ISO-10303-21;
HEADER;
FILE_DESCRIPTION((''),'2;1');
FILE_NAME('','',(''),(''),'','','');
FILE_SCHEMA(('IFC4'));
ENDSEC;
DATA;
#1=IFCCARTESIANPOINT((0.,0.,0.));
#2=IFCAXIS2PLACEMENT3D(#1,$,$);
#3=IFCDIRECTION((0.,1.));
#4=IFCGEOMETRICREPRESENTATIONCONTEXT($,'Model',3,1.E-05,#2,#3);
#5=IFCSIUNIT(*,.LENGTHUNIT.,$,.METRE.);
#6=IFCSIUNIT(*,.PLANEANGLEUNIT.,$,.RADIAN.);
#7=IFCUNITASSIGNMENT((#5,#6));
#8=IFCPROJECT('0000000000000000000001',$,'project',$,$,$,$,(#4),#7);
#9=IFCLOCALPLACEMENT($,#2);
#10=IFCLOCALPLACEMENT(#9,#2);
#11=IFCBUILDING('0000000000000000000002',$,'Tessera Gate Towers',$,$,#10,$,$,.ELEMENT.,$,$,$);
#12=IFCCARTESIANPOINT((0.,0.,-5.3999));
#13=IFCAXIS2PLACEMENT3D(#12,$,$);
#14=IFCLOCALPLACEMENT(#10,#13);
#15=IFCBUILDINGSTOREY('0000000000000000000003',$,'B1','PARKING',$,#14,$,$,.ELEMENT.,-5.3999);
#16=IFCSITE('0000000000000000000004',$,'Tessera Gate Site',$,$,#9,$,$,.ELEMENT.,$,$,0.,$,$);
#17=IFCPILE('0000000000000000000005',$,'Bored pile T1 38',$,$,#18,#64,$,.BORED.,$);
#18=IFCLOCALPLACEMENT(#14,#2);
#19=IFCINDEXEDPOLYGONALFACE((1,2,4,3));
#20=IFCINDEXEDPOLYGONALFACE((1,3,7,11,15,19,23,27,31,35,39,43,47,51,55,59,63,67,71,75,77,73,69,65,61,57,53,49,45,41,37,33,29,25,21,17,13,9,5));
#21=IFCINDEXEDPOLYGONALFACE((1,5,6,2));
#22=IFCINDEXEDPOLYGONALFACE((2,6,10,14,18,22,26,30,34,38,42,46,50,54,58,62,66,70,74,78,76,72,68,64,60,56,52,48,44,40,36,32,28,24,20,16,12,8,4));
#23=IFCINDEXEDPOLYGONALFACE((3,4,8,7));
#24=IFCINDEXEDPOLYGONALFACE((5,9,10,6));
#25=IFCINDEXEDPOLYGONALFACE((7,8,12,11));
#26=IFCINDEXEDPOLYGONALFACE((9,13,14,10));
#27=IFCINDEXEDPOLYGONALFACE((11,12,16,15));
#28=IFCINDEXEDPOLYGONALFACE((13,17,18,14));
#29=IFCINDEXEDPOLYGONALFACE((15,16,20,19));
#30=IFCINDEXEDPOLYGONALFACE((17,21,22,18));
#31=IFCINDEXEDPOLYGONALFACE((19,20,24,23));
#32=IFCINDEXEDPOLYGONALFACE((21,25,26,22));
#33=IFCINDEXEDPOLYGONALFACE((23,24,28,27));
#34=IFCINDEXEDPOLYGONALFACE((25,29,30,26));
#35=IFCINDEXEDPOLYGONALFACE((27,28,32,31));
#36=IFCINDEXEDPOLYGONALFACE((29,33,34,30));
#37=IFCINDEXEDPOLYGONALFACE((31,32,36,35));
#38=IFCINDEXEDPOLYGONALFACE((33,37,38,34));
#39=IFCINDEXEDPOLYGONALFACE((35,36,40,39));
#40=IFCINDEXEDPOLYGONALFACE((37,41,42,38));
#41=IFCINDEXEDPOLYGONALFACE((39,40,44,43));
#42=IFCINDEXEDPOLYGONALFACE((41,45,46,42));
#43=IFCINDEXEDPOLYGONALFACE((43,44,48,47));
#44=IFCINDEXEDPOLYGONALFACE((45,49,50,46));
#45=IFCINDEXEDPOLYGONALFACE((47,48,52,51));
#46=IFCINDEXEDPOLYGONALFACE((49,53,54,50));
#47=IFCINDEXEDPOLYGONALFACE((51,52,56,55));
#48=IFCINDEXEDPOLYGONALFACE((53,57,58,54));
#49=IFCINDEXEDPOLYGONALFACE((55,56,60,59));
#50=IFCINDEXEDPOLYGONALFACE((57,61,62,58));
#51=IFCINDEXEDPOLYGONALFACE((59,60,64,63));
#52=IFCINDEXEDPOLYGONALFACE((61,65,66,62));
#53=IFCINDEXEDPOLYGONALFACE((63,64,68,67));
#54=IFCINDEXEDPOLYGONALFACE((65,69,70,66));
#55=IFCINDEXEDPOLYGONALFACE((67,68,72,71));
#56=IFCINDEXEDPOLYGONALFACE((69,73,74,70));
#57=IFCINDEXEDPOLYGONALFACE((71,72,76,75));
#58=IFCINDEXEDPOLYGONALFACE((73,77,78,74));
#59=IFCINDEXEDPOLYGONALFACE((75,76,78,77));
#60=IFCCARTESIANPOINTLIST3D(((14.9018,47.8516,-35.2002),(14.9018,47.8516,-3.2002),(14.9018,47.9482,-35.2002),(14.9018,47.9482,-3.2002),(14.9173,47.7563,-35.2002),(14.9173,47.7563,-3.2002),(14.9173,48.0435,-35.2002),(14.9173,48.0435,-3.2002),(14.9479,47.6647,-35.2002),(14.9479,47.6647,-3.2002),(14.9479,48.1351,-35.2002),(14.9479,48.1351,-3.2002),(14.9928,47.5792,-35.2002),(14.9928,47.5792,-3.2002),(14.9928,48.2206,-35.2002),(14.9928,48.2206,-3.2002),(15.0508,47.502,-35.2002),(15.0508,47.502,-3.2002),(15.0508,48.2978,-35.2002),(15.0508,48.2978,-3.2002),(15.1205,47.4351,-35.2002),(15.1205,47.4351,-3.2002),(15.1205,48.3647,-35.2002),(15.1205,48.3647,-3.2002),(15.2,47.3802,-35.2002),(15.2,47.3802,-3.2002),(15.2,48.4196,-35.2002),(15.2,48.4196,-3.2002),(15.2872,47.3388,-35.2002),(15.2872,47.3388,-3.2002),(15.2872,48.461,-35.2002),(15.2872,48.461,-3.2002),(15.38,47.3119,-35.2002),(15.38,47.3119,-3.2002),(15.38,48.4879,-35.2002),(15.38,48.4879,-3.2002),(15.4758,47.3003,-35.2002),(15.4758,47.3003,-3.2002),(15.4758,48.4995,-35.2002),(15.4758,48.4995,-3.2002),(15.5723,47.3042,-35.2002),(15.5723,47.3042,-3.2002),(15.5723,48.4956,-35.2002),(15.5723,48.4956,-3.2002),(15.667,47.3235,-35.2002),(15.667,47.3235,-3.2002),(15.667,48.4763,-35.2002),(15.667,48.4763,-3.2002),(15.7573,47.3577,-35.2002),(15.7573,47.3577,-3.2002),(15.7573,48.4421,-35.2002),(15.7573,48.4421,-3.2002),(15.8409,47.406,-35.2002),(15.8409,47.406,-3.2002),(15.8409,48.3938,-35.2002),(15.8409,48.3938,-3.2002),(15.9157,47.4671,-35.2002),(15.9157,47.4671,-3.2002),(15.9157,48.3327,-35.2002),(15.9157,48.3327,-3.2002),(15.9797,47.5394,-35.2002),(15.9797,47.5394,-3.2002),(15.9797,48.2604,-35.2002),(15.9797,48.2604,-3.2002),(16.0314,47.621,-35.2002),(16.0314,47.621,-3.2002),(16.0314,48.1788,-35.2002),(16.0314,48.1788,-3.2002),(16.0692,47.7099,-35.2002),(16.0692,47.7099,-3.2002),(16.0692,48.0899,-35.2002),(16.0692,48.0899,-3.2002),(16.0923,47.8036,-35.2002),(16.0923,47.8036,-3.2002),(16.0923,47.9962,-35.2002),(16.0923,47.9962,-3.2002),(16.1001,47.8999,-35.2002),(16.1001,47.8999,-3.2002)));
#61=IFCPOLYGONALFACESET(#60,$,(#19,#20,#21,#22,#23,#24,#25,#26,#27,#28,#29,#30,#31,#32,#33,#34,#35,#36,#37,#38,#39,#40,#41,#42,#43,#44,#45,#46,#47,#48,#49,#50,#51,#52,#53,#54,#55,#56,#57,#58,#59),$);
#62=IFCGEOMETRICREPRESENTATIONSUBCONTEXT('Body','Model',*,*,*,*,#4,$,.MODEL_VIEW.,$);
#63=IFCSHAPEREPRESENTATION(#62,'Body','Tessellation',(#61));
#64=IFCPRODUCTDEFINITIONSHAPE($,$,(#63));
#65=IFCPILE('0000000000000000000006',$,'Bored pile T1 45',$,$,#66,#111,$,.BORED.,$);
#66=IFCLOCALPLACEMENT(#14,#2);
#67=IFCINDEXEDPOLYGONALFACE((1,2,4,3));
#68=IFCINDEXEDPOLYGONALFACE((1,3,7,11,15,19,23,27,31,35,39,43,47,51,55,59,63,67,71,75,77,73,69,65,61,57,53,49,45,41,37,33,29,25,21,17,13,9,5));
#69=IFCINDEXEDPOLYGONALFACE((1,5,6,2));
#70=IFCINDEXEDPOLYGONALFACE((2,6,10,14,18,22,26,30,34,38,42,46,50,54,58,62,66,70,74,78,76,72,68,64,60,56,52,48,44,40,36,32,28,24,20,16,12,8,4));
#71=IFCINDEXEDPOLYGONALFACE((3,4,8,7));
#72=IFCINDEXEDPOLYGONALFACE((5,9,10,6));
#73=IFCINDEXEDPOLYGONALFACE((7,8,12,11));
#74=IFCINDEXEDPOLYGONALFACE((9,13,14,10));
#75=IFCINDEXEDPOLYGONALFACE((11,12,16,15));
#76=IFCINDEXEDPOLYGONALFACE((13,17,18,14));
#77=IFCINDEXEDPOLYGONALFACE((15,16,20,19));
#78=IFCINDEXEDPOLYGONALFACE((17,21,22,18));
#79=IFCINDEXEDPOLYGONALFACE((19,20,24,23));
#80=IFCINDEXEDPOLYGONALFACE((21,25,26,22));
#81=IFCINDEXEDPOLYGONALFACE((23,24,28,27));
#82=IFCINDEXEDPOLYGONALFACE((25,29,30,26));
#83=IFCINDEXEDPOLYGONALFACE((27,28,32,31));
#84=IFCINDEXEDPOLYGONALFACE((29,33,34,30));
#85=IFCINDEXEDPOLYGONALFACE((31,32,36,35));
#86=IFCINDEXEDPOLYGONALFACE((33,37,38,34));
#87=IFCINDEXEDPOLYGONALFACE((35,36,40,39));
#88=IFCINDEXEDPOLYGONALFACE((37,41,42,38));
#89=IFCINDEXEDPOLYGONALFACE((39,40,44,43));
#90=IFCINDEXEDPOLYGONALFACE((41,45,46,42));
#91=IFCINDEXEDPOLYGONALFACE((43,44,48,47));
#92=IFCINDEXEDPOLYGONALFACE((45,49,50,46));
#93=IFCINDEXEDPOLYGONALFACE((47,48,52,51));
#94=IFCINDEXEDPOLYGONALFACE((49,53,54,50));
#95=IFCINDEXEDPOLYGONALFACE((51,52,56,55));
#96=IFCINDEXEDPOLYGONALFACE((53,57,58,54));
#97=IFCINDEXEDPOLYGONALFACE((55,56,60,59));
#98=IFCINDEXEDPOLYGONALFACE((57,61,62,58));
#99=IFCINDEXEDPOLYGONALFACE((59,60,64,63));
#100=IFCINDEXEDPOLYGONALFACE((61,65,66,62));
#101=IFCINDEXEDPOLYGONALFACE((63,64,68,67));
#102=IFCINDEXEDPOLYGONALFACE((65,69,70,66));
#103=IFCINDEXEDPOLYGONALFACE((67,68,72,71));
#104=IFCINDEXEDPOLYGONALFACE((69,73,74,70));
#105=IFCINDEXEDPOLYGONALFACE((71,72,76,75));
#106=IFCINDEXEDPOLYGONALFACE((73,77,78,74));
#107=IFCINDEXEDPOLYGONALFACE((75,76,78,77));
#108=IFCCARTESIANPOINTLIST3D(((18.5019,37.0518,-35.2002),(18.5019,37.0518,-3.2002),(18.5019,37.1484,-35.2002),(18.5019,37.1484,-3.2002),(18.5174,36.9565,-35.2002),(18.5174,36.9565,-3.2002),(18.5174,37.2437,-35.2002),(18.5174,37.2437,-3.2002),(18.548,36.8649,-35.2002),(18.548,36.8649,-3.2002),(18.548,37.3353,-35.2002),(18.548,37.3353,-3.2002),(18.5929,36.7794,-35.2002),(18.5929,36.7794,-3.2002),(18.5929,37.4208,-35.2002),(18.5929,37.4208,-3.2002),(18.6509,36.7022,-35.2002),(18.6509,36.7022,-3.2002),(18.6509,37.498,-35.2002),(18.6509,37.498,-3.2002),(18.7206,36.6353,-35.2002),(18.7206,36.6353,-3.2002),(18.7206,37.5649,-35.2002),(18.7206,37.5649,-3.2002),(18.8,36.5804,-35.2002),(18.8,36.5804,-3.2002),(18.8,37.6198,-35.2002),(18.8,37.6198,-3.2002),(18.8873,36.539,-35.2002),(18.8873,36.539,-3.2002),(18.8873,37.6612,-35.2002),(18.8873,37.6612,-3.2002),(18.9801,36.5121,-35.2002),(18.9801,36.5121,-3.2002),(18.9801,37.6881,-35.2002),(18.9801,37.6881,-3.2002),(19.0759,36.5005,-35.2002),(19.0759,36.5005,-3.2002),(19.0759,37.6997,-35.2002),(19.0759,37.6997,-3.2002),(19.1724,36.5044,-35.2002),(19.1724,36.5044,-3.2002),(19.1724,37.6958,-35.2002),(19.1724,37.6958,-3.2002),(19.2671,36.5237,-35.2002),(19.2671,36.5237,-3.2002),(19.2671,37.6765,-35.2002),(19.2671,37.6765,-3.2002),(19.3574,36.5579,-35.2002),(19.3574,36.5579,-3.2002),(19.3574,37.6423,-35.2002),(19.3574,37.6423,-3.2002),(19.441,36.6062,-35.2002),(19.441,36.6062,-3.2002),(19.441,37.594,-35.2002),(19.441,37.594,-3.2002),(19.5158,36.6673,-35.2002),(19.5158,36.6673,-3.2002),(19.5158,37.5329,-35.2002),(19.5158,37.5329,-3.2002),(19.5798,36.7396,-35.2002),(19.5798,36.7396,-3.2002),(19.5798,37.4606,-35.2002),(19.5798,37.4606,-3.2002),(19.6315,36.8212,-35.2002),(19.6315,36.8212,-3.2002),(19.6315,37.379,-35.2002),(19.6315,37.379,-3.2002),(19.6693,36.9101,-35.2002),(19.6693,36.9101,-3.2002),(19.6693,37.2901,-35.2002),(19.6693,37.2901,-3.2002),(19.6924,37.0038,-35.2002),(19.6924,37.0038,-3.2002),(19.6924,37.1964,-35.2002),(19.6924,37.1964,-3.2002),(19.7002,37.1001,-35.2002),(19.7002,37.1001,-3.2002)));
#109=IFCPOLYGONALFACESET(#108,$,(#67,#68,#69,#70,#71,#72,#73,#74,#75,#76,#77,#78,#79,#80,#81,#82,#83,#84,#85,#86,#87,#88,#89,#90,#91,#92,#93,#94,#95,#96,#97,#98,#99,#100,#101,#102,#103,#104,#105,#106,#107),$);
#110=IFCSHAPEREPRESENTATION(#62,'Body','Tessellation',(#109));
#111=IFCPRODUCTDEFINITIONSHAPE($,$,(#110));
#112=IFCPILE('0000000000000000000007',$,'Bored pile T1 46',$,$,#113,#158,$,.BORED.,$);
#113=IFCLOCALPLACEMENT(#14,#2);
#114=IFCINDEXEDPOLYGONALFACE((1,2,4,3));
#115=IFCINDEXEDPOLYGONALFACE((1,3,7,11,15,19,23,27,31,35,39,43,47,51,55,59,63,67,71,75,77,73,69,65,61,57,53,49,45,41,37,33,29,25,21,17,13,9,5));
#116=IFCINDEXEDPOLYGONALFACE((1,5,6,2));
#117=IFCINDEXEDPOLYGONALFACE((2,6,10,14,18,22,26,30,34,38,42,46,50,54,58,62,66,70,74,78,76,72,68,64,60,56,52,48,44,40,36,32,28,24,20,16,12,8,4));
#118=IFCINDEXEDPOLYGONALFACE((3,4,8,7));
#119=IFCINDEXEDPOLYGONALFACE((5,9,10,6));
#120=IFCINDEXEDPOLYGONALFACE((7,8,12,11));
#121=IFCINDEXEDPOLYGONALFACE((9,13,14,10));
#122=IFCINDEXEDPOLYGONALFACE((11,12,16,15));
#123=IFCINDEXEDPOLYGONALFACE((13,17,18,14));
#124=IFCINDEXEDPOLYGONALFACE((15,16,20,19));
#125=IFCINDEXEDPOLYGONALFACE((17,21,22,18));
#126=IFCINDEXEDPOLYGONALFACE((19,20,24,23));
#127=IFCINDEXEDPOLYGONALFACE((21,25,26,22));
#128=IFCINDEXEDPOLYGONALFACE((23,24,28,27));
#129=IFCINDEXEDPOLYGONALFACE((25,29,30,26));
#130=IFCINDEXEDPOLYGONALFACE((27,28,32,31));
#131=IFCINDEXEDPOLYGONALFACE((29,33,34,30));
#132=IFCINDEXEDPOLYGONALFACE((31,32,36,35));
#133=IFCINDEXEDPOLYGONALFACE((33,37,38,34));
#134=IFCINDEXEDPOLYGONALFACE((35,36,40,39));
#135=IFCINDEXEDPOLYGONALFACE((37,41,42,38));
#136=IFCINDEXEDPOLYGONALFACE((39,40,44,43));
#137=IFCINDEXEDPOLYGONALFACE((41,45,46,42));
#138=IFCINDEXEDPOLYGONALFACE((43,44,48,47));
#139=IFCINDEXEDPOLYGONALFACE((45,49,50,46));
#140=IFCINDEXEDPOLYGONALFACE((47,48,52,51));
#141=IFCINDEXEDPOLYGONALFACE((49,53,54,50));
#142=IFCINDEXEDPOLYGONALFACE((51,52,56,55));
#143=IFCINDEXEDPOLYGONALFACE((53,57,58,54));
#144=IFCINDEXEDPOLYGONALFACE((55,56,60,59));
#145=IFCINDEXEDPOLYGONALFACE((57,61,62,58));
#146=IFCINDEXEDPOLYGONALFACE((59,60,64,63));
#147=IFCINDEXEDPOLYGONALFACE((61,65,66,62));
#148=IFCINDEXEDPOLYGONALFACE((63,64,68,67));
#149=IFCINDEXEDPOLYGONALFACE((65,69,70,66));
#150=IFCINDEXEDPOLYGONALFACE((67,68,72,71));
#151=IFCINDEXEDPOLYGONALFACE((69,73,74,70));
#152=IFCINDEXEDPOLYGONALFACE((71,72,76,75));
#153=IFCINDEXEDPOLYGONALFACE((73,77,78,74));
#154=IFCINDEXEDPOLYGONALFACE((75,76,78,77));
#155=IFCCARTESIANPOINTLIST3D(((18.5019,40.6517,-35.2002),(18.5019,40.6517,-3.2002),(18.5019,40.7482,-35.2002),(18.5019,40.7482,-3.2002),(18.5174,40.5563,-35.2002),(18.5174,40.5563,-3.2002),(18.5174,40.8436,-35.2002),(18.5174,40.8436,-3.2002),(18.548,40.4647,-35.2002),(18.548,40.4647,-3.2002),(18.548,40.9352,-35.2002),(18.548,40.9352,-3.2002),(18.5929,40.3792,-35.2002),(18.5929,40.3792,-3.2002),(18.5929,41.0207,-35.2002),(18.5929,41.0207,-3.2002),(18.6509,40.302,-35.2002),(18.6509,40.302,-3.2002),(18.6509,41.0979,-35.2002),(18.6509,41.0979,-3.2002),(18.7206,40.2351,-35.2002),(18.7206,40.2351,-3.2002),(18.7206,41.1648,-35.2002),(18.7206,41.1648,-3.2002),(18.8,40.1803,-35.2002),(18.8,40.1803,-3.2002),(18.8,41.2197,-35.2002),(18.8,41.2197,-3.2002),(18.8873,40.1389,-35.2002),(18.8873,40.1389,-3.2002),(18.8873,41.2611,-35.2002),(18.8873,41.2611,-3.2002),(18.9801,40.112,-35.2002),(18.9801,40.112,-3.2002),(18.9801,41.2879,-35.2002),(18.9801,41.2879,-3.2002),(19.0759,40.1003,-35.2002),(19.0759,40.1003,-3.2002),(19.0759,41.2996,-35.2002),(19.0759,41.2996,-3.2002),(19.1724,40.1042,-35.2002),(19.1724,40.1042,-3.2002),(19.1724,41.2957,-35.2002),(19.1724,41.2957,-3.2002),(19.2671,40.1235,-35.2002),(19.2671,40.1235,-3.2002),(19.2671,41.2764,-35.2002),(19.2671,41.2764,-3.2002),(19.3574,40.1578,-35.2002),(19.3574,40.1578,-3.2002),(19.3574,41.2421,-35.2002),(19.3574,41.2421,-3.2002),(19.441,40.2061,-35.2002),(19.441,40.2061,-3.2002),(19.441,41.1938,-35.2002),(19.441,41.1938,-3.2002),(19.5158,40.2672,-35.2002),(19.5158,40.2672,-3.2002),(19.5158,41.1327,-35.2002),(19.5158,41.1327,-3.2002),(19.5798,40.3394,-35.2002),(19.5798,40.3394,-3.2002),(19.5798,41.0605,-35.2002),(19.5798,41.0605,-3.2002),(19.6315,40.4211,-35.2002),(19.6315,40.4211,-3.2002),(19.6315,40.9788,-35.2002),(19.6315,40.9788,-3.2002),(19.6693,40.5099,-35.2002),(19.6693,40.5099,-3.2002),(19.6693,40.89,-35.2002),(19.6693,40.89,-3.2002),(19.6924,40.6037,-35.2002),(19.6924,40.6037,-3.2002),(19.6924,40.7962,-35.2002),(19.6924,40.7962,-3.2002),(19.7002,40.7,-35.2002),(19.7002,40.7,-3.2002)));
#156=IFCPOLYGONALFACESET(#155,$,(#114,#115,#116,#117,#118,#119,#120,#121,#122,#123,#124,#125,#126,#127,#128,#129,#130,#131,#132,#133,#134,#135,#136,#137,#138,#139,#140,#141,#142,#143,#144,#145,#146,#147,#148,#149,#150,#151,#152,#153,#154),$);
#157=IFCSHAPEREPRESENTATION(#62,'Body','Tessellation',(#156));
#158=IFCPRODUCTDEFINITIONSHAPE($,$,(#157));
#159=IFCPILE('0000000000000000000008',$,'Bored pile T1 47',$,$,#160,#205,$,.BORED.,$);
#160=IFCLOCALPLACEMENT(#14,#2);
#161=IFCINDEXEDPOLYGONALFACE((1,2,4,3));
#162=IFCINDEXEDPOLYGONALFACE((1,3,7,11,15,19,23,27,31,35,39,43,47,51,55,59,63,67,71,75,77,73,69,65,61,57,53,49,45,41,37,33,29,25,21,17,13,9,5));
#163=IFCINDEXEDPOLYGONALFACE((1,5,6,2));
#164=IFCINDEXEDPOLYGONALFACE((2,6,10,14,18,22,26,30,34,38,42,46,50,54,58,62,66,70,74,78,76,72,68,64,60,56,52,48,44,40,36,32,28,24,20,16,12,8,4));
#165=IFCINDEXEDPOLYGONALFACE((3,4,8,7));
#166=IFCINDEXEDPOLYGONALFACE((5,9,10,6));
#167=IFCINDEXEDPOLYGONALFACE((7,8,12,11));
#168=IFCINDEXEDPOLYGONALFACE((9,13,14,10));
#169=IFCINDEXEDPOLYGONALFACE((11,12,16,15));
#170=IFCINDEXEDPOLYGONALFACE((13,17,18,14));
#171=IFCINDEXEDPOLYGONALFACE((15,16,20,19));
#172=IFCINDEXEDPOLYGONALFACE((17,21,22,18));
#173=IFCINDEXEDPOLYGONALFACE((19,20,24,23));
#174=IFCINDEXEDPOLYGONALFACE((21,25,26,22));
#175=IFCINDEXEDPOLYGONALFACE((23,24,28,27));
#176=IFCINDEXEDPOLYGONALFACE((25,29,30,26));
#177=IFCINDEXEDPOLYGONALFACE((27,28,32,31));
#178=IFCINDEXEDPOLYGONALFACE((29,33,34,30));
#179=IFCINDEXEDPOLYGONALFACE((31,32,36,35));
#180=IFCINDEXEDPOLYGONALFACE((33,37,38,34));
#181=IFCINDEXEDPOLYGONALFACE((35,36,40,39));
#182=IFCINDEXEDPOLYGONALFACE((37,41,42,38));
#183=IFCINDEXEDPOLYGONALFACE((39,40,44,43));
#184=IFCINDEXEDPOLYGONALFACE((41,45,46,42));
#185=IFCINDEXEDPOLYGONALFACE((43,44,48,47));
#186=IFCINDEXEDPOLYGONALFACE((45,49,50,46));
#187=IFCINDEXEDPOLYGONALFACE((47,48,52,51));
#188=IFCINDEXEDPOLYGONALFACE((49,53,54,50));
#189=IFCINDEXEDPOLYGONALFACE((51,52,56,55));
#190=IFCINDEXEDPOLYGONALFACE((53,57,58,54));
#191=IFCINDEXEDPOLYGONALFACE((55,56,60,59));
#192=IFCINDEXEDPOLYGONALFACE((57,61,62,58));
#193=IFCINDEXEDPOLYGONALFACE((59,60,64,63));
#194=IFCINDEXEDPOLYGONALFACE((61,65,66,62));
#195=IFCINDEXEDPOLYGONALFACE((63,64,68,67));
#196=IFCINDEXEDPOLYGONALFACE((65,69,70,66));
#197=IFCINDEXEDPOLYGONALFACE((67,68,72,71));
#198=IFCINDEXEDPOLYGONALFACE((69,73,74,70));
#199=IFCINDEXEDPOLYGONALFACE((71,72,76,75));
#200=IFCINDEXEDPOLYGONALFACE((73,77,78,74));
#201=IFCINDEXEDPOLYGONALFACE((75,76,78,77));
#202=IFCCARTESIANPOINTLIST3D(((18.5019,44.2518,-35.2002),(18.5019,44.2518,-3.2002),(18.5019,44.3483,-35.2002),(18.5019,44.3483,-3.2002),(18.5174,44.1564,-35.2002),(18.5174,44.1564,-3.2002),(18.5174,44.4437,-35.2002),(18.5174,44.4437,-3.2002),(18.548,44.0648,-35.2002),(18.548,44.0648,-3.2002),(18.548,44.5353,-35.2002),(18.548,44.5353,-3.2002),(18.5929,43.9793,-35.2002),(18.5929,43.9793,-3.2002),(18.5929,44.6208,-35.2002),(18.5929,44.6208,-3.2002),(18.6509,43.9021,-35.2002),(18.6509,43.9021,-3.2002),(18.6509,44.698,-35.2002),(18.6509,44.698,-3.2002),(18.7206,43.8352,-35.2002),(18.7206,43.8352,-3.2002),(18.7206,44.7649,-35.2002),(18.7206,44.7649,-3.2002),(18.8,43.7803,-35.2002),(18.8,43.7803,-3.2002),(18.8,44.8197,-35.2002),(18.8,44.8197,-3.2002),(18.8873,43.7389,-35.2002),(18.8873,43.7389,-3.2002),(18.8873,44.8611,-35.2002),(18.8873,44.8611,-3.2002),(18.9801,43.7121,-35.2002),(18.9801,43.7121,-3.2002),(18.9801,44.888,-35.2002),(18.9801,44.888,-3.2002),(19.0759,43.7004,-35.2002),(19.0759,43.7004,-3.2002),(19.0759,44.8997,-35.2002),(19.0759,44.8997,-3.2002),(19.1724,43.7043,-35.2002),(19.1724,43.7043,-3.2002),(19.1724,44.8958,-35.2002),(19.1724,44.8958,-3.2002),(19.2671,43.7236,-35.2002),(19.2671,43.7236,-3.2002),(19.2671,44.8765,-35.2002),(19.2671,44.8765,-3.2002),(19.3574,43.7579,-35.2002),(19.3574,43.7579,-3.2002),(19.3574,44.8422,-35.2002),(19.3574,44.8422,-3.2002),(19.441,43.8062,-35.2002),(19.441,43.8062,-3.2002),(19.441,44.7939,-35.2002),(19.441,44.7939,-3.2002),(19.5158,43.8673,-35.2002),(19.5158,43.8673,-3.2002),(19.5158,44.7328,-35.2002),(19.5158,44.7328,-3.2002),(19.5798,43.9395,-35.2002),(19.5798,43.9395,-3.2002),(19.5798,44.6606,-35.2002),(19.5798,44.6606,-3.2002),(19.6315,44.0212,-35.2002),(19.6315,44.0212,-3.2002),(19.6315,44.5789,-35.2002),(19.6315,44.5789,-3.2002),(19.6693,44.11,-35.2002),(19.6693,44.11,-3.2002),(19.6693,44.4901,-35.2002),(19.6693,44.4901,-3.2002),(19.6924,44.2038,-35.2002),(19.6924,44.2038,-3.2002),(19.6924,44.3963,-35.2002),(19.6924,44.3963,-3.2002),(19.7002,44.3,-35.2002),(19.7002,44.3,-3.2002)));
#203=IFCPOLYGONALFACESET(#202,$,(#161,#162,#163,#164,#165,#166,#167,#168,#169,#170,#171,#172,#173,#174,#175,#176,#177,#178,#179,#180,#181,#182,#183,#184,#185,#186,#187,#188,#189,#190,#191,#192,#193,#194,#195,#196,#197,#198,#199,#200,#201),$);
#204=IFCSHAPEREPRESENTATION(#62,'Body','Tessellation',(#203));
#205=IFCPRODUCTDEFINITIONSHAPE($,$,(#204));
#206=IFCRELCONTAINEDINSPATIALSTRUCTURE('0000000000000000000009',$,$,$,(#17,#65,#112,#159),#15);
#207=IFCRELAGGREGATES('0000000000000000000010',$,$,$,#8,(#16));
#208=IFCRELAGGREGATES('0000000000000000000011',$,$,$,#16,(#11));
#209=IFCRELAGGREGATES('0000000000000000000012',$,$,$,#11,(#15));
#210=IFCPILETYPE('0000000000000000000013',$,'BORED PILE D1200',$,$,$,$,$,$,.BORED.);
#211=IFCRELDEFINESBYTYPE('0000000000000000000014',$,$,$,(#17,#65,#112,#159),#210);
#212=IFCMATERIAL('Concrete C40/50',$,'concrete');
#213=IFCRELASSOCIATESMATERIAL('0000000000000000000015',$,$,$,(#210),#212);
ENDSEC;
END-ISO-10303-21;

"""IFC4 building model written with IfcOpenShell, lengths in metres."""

from ifc_helpers import new_model, si_unit, direction, frame, origin, origin_2d, place, context, subcontext, project, spatial, circle, extrude, material, material_profile, profile_set, type_object, element, save


model = new_model("IFC4")

# Units and contexts
model_context = context("Model", 3, precision=1e-05, world=origin(), true_north=direction((0.0, 1.0)))
body_context = subcontext(model_context, "Body", "Model", "MODEL_VIEW")
ifc_project = project(units=[si_unit("LENGTHUNIT", "METRE"), si_unit("PLANEANGLEUNIT", "RADIAN")], contexts=[model_context])

# Site, building, storey
site_placement = place(None, origin())
site = spatial("IfcSite", under=ifc_project, at=site_placement, Name="Tessera Gate Site", CompositionType="ELEMENT", RefElevation=0.0)
building_placement = place(site_placement, origin())
building = spatial("IfcBuilding", under=site, at=building_placement, Name="Tessera Gate Towers", CompositionType="ELEMENT")
storey_placement = place(building_placement, frame((0.0, 0.0, -5.3999)))
storey = spatial("IfcBuildingStorey", under=building, at=storey_placement, Name="B1", Description="PARKING", CompositionType="ELEMENT", Elevation=-5.3999)

# Piles
ifc_material_1 = material(Name="Concrete C40/50", Category="concrete")
ifc_material_profile_1 = material_profile(ifc_material_1, circle(Radius=0.6001, at=origin_2d()), Name="BORED PILE D1200")
ifc_profile_set_1 = profile_set([ifc_material_profile_1], Name="Concrete C40/50")
pile_type = type_object("IfcPileType", Name="BORED PILE D1200", PredefinedType="BORED", material=ifc_profile_set_1)
for number, where, z_axis, x_axis, name in (
    (1, (15.5, 47.8999, -3.2002), (0.0, 0.0, -1.0), (1.0, 0.0, 0.0), "Bored pile T1 38"),
    (2, (19.1001, 37.1001, -3.2002), (0.0, 0.0, -1.0), (1.0, 0.0, 0.0), "Bored pile T1 45"),
    (3, (19.1001, 40.7, -3.2002), (0.0, 0.0, -1.0), (1.0, 0.0, 0.0), "Bored pile T1 46"),
    (4, (19.1001, 44.3, -3.2002), (0.0, 0.0, -1.0), (1.0, 0.0, 0.0), "Bored pile T1 47"),
):
    element("IfcPile", number, at=place(storey_placement, frame(where, z_axis=z_axis, x_axis=x_axis)), inside=storey, type_object=pile_type, Name=name, PredefinedType="BORED", context=body_context, shape_type="SweptSolid", body=[
        extrude(circle(Radius=0.6001, at=origin_2d()), origin(), (0.0, 0.0, 1.0), 32.0),
    ])

save(model, "model.ifc")
